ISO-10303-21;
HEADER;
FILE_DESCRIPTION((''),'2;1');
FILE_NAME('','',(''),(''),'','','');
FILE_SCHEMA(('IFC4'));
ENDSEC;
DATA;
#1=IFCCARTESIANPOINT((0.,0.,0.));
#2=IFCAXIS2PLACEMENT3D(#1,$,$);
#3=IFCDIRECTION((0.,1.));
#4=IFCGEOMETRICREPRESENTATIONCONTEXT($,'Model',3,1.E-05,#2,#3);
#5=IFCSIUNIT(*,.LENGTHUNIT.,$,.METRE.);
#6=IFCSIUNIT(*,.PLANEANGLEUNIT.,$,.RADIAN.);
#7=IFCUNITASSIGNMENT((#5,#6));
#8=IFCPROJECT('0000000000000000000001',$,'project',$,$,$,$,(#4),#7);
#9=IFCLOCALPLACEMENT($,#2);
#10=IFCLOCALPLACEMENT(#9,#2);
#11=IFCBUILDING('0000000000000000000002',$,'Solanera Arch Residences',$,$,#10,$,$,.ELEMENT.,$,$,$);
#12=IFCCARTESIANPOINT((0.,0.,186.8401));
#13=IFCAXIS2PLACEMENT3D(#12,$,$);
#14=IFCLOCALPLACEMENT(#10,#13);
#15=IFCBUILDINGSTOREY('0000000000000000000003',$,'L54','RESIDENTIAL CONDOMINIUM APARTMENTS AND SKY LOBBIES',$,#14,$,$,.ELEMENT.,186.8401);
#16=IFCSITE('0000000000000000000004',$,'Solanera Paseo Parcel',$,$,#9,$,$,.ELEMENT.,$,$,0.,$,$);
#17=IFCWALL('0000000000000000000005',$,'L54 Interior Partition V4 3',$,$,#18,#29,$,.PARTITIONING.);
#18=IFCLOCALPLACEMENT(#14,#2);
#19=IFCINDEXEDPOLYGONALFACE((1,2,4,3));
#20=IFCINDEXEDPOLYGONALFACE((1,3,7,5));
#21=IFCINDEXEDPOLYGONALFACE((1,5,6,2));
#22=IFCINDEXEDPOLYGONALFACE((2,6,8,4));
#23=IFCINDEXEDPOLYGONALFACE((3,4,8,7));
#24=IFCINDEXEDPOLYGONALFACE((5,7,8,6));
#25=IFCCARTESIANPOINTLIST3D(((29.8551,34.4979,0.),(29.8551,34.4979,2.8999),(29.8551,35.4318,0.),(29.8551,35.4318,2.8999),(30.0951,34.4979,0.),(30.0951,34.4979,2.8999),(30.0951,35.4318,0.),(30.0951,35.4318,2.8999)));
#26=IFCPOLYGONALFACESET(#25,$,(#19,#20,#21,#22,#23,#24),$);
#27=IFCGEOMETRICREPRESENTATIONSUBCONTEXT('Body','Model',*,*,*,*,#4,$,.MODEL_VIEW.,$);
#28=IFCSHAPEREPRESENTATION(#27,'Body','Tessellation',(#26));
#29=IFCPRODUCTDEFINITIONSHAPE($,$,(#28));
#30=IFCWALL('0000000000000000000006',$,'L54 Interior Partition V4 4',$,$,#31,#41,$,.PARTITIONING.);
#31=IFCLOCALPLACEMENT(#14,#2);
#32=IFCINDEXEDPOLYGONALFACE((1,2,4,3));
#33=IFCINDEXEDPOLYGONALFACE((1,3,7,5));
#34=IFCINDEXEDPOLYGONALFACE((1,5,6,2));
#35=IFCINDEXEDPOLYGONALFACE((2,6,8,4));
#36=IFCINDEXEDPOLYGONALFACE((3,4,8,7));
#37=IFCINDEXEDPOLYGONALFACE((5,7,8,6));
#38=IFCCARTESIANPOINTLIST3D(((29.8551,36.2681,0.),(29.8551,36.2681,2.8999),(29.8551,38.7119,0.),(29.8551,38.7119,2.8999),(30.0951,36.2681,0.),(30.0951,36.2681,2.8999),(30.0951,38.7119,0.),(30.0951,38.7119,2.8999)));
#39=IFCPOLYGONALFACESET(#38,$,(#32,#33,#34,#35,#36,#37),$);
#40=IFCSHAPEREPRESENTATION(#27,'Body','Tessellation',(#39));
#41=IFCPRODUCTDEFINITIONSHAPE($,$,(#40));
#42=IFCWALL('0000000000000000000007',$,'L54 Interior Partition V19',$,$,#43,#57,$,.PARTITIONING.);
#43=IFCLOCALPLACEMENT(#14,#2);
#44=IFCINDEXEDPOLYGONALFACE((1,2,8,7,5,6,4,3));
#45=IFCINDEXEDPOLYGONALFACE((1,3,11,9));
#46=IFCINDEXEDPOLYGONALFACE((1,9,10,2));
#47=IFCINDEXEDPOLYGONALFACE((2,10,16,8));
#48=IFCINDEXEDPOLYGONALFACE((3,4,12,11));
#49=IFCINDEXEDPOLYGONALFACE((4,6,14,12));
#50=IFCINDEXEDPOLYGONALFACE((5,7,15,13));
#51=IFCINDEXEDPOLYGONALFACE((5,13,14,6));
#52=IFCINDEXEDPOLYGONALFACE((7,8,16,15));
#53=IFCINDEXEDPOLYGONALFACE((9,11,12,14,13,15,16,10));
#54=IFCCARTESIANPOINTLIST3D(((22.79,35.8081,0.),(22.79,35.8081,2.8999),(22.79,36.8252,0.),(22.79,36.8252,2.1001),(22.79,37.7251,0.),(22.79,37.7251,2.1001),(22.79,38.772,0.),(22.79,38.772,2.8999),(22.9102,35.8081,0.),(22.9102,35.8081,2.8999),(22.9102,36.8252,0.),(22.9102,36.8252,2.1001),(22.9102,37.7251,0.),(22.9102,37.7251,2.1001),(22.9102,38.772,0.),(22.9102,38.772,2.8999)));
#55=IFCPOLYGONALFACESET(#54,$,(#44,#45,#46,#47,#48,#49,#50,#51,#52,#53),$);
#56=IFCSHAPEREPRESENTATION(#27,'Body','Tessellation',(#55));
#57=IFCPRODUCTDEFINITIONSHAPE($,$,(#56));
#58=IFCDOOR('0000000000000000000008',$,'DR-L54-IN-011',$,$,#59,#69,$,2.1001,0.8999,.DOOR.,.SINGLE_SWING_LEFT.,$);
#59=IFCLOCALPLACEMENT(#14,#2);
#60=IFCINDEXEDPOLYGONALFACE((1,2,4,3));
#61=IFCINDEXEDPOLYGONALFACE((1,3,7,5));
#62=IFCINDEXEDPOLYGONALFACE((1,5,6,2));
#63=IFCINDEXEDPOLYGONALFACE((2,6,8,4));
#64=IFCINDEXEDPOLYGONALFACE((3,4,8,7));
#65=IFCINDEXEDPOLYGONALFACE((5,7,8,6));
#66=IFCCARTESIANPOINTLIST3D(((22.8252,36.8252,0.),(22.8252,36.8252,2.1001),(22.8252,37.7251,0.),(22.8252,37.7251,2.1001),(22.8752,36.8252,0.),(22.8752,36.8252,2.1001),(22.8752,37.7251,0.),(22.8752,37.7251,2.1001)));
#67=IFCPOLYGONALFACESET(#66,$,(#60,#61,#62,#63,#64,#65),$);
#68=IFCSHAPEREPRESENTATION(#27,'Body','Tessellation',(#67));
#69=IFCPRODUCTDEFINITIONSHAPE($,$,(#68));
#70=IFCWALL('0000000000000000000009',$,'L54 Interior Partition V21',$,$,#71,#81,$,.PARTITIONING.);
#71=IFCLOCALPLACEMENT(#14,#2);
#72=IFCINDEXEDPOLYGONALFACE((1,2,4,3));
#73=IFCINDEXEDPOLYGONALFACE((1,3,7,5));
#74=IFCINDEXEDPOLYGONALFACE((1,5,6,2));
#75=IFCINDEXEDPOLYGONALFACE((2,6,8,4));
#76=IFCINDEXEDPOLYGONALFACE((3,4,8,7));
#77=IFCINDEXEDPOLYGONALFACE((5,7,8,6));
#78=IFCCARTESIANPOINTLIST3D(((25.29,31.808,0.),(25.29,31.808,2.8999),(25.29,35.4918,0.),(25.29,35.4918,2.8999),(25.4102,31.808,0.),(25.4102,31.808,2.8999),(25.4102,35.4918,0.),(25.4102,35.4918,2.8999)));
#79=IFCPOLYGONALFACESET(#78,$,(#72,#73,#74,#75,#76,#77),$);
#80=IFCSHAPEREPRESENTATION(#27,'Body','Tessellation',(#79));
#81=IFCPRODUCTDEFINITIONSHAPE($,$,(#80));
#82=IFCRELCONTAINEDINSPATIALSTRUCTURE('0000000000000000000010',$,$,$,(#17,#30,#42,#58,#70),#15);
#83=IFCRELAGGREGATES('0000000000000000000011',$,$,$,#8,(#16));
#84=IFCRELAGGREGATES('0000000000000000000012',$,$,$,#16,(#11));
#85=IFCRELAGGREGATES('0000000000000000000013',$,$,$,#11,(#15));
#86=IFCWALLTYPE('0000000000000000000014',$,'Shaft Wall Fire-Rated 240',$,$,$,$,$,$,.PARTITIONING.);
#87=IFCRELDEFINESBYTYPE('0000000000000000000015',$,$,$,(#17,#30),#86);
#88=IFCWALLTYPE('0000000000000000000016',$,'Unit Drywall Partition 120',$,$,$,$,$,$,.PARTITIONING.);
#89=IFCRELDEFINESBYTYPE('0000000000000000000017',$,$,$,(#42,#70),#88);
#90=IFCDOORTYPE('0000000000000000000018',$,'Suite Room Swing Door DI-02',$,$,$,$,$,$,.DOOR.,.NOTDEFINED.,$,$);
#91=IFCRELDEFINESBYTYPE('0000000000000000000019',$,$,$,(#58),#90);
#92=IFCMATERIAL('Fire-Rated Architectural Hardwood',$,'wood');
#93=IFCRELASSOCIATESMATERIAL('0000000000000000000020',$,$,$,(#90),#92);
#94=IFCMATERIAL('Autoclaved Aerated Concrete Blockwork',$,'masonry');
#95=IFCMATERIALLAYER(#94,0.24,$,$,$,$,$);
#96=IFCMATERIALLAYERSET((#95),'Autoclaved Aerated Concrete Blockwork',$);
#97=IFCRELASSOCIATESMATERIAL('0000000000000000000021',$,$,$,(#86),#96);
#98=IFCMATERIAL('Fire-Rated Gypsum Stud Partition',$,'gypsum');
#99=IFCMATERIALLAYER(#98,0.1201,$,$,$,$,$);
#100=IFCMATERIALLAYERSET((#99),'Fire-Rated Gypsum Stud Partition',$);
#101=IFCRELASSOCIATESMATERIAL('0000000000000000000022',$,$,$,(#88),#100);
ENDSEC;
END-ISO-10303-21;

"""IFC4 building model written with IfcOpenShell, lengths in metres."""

from ifc_helpers import new_model, si_unit, direction, frame, frame_2d, origin, place, context, subcontext, project, spatial, rectangle, extrude, material, layer, layer_set, type_object, element, fill, save


model = new_model("IFC4")

# Units and contexts
model_context = context("Model", 3, precision=1e-05, world=origin(), true_north=direction((0.0, 1.0)))
body_context = subcontext(model_context, "Body", "Model", "MODEL_VIEW")
ifc_project = project(units=[si_unit("LENGTHUNIT", "METRE"), si_unit("PLANEANGLEUNIT", "RADIAN")], contexts=[model_context])

# Site, building, storey
site_placement = place(None, origin())
site = spatial("IfcSite", under=ifc_project, at=site_placement, Name="Solanera Paseo Parcel", CompositionType="ELEMENT", RefElevation=0.0)
building_placement = place(site_placement, origin())
building = spatial("IfcBuilding", under=site, at=building_placement, Name="Solanera Arch Residences", CompositionType="ELEMENT")
storey_placement = place(building_placement, frame((0.0, 0.0, 186.8401)))
storey = spatial("IfcBuildingStorey", under=building, at=storey_placement, Name="L54", Description="RESIDENTIAL CONDOMINIUM APARTMENTS AND SKY LOBBIES", CompositionType="ELEMENT", Elevation=186.8401)

# Shared definitions
ifc_material_1 = material(Name="Fire-Rated Architectural Hardwood", Category="wood")
door_type_1 = type_object("IfcDoorType", Name="Suite Room Swing Door DI-02", OperationType="NOTDEFINED", PredefinedType="DOOR", material=ifc_material_1)
ifc_material_2 = material(Name="Autoclaved Aerated Concrete Blockwork", Category="masonry")
ifc_layer_1 = layer(ifc_material_2, 0.24)
ifc_layer_set_1 = layer_set([ifc_layer_1], Name="Autoclaved Aerated Concrete Blockwork")
wall_type_1 = type_object("IfcWallType", Name="Shaft Wall Fire-Rated 240", PredefinedType="PARTITIONING", material=ifc_layer_set_1)

# Walls
wall_1_placement = place(storey_placement, frame((29.9751, 34.498, 0.0), z_axis=(0.0, 0.0, 1.0), x_axis=(0.0, 1.0, 0.0)))
element("IfcWall", 1, at=wall_1_placement, inside=storey, type_object=wall_type_1, Name="L54 Interior Partition V4 3", PredefinedType="PARTITIONING", context=body_context, shape_type="SweptSolid", body=[
    extrude(rectangle(XDim=0.9338, YDim=0.24, at=frame_2d((0.4668, 0.0))), origin(), (0.0, 0.0, 1.0), 2.8999),
])
wall_2_placement = place(storey_placement, frame((29.9751, 36.2681, 0.0), z_axis=(0.0, 0.0, 1.0), x_axis=(0.0, 1.0, 0.0)))
element("IfcWall", 2, at=wall_2_placement, inside=storey, type_object=wall_type_1, Name="L54 Interior Partition V4 4", PredefinedType="PARTITIONING", context=body_context, shape_type="SweptSolid", body=[
    extrude(rectangle(XDim=2.4438, YDim=0.24, at=frame_2d((1.2219, 0.0))), origin(), (0.0, 0.0, 1.0), 2.8999),
])

# Wall, opening, door
ifc_material_3 = material(Name="Fire-Rated Gypsum Stud Partition", Category="gypsum")
ifc_layer_2 = layer(ifc_material_3, 0.1201)
ifc_layer_set_2 = layer_set([ifc_layer_2], Name="Fire-Rated Gypsum Stud Partition")
wall_type_2 = type_object("IfcWallType", Name="Unit Drywall Partition 120", PredefinedType="PARTITIONING", material=ifc_layer_set_2)
wall_3_placement = place(storey_placement, frame((22.8501, 35.8081, 0.0), z_axis=(0.0, 0.0, 1.0), x_axis=(0.0, 1.0, 0.0)))
wall_3 = element("IfcWall", 3, at=wall_3_placement, inside=storey, type_object=wall_type_2, Name="L54 Interior Partition V19", PredefinedType="PARTITIONING", context=body_context, shape_type="SweptSolid", body=[
    extrude(rectangle(XDim=2.9639, YDim=0.1201, at=frame_2d((1.4819, 0.0))), origin(), (0.0, 0.0, 1.0), 2.8999),
])
opening_1_placement = place(wall_3_placement, frame((1.0171, 0.0, 0.0)))
opening_1 = element("IfcOpeningElement", 4, at=opening_1_placement, cuts=wall_3, PredefinedType="OPENING", context=body_context, shape_type="SweptSolid", body=[
    extrude(rectangle(XDim=0.8999, YDim=2.1001, at=frame_2d((0.45, 1.05))), frame((0.0, 0.0701, 0.0), z_axis=(0.0, -1.0, 0.0), x_axis=(1.0, 0.0, 0.0)), (0.0, 0.0, 1.0), 0.1401),
])
door_1_placement = place(opening_1_placement, origin())
door_1 = element("IfcDoor", 5, at=door_1_placement, inside=storey, type_object=door_type_1, Name="DR-L54-IN-011", OperationType="SINGLE_SWING_LEFT", OverallHeight=2.1001, OverallWidth=0.8999, PredefinedType="DOOR", context=body_context, shape_type="SweptSolid", body=[
    extrude(rectangle(XDim=0.8999, YDim=2.1001, at=frame_2d((0.45, 1.05))), frame((0.0, 0.0249, 0.0), z_axis=(0.0, -1.0, 0.0), x_axis=(1.0, 0.0, 0.0)), (0.0, 0.0, 1.0), 0.05),
])
fill(opening_1, door_1)

# Wall
wall_4_placement = place(storey_placement, frame((25.3501, 31.8081, 0.0), z_axis=(0.0, 0.0, 1.0), x_axis=(0.0, 1.0, 0.0)))
element("IfcWall", 6, at=wall_4_placement, inside=storey, type_object=wall_type_2, Name="L54 Interior Partition V21", PredefinedType="PARTITIONING", context=body_context, shape_type="SweptSolid", body=[
    extrude(rectangle(XDim=3.6838, YDim=0.1201, at=frame_2d((1.8418, 0.0))), origin(), (0.0, 0.0, 1.0), 2.8999),
])

save(model, "model.ifc")
